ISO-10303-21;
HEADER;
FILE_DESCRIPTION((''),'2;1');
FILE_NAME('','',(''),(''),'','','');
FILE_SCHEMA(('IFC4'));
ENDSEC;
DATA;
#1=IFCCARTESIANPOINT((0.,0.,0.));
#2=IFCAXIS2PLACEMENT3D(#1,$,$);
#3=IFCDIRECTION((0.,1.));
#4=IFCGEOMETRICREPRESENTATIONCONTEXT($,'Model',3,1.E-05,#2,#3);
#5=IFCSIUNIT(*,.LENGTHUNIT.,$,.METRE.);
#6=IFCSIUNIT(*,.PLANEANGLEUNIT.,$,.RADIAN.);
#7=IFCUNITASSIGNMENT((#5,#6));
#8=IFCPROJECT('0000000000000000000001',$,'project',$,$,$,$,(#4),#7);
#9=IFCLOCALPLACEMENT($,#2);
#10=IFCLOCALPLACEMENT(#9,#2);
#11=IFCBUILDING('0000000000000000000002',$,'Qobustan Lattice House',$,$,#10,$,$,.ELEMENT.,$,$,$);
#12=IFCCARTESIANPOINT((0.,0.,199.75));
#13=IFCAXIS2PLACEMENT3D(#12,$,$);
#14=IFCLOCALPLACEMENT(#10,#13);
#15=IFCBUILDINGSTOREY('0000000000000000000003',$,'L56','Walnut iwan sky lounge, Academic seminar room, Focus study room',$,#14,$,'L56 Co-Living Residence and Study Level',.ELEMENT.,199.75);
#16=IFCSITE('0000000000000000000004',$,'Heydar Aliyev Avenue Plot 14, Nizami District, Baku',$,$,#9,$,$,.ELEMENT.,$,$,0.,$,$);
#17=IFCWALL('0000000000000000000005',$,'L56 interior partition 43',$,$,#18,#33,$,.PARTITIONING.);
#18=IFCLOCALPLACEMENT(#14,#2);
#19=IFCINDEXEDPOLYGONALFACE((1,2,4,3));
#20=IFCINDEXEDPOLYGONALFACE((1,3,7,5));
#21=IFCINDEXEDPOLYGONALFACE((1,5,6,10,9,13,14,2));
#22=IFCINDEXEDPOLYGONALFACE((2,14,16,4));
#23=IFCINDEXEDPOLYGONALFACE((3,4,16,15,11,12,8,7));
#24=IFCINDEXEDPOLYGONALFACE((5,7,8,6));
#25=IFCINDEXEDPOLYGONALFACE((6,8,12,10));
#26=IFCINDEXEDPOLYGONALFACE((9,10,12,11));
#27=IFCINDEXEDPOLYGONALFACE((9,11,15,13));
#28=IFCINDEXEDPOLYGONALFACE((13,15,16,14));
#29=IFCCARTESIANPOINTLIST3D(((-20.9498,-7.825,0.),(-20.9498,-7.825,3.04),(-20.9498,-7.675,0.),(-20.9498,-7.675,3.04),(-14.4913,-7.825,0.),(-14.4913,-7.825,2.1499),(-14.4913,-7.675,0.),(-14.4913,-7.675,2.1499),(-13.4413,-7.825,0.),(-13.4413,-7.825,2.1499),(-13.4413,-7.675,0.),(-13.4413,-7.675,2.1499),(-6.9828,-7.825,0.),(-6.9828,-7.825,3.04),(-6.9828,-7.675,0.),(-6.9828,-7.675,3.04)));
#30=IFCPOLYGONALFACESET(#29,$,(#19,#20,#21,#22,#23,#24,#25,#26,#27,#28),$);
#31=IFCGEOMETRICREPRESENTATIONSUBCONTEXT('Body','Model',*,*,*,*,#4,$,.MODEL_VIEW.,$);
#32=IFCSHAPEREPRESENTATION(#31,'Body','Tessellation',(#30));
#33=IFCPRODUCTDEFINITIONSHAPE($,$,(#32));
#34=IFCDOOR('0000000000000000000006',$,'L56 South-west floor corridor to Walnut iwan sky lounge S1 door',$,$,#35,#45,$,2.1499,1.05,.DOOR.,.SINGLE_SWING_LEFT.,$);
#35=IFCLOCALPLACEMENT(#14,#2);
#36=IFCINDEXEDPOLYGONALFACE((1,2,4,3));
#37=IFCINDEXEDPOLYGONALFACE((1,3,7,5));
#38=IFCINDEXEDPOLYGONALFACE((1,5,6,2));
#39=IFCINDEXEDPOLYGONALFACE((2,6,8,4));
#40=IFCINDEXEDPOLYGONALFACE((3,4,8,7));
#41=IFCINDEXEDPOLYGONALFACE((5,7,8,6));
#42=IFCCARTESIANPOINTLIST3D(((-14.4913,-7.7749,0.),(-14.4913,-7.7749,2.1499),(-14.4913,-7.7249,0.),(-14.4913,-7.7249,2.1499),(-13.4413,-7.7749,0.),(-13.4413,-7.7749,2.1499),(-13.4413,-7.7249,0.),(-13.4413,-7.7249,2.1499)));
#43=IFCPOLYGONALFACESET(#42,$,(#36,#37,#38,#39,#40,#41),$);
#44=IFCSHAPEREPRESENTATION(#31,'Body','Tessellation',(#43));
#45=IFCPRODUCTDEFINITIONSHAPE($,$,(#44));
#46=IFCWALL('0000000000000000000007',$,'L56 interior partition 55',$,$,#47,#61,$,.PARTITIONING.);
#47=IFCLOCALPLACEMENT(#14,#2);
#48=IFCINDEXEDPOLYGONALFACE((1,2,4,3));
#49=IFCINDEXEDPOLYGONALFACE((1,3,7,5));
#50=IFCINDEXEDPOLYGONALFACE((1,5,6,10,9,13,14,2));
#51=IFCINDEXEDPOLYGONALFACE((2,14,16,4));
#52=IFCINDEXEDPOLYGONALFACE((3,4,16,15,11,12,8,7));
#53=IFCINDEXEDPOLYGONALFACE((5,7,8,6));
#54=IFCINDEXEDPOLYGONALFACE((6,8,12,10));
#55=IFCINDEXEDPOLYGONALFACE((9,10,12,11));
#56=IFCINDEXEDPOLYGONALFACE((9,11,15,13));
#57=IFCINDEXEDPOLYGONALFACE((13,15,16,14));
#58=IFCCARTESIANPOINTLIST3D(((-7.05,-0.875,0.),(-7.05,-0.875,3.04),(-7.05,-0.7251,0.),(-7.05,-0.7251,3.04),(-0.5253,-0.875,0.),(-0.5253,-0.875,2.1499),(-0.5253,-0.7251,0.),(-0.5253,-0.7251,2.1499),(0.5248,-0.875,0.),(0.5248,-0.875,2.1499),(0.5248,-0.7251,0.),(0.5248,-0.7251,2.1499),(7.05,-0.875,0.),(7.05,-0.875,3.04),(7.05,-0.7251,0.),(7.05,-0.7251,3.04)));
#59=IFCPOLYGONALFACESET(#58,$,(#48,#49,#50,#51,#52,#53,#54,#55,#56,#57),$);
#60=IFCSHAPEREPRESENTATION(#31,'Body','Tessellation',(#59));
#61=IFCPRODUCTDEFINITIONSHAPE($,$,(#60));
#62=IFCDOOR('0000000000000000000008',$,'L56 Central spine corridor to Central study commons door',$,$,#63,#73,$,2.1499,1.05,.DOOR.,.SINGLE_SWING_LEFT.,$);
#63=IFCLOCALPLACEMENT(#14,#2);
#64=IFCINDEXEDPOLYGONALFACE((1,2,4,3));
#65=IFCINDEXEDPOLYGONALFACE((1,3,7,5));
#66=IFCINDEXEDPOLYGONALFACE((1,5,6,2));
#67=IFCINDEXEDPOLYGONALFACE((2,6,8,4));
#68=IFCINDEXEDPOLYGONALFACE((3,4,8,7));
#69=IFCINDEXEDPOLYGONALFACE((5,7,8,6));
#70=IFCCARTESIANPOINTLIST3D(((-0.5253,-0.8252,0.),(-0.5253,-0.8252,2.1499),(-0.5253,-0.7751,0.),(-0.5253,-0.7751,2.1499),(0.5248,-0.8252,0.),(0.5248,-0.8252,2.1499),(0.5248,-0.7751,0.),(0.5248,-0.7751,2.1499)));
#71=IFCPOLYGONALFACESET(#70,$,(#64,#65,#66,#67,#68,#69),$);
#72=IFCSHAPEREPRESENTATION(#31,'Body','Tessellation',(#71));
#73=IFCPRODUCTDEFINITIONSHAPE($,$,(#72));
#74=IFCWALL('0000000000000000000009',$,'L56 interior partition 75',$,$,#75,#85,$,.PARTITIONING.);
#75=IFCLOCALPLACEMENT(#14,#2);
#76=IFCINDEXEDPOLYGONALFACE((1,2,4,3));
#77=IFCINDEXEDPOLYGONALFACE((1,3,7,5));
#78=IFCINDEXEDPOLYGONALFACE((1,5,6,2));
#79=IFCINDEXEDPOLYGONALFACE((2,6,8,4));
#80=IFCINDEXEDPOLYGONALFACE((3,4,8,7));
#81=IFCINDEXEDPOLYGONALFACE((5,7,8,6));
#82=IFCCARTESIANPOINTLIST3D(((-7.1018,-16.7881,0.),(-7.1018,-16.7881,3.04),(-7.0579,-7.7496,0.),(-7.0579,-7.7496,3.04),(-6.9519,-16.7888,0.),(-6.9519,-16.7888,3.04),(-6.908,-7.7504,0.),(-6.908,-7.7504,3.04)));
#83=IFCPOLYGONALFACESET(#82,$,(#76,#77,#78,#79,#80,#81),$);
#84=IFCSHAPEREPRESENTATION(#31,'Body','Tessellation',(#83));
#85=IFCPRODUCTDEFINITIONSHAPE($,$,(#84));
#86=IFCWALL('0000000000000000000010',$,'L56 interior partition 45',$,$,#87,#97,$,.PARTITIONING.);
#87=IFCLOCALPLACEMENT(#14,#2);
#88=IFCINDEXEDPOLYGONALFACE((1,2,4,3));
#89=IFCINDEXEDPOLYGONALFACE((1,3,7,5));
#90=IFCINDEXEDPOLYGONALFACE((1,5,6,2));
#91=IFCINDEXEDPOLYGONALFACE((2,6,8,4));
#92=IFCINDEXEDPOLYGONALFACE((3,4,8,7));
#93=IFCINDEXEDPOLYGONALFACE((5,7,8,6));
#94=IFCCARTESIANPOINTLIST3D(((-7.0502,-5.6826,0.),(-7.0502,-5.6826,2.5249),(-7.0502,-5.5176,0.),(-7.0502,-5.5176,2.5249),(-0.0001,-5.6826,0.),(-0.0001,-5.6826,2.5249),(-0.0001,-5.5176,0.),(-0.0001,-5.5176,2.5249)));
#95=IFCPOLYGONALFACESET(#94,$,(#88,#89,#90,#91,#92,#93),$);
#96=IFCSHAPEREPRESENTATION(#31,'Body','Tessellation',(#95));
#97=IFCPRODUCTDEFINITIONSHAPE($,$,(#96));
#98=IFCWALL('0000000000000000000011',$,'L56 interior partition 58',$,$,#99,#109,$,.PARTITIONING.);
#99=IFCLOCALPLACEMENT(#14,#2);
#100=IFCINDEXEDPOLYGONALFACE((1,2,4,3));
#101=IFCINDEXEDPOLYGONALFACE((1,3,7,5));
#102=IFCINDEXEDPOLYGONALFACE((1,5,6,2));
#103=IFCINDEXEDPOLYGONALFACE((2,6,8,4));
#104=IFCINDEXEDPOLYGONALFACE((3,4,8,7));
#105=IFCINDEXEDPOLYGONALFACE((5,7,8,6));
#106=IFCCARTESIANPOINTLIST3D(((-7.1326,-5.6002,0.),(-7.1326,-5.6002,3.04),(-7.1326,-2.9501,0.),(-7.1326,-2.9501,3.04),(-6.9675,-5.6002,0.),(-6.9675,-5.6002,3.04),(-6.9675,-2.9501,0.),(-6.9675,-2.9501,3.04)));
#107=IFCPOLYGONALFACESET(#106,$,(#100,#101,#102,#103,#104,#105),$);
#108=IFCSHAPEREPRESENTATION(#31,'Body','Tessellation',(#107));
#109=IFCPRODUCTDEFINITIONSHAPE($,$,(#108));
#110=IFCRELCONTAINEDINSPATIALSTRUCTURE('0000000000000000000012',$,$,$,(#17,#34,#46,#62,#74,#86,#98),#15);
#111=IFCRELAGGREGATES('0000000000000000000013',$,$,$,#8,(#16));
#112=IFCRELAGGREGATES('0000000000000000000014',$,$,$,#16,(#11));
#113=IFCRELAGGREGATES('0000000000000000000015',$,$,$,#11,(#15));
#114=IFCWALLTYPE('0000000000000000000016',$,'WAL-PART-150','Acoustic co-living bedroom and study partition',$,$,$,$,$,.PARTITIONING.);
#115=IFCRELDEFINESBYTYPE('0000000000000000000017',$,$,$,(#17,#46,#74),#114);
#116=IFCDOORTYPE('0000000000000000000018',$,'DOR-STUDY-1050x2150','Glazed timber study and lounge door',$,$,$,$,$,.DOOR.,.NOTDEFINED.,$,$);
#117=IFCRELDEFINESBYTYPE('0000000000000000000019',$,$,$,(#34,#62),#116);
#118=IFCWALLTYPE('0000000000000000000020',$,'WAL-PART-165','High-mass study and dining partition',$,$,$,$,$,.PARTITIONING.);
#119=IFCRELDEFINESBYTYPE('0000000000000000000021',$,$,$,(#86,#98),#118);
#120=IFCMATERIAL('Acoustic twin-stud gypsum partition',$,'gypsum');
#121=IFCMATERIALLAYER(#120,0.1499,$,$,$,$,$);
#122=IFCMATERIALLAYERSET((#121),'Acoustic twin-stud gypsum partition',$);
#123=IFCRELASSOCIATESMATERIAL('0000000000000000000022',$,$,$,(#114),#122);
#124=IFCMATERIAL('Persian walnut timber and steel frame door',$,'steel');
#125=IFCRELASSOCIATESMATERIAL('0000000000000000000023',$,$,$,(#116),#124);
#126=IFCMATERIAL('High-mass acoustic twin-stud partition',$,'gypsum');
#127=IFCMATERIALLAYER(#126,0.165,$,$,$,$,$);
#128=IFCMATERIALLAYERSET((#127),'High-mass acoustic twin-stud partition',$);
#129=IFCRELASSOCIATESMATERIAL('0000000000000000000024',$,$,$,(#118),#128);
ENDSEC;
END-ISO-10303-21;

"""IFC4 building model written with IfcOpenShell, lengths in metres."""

from ifc_helpers import new_model, si_unit, direction, frame, frame_2d, origin, place, context, subcontext, project, spatial, rectangle, extrude, material, layer, layer_set, type_object, element, fill, save


model = new_model("IFC4")

# Units and contexts
model_context = context("Model", 3, precision=1e-05, world=origin(), true_north=direction((0.0, 1.0)))
body_context = subcontext(model_context, "Body", "Model", "MODEL_VIEW")
ifc_project = project(units=[si_unit("LENGTHUNIT", "METRE"), si_unit("PLANEANGLEUNIT", "RADIAN")], contexts=[model_context])

# Site, building, storey
site_placement = place(None, origin())
site = spatial("IfcSite", under=ifc_project, at=site_placement, Name="Heydar Aliyev Avenue Plot 14, Nizami District, Baku", CompositionType="ELEMENT", RefElevation=0.0)
building_placement = place(site_placement, origin())
building = spatial("IfcBuilding", under=site, at=building_placement, Name="Qobustan Lattice House", CompositionType="ELEMENT")
storey_placement = place(building_placement, frame((0.0, 0.0, 199.75)))
storey = spatial("IfcBuildingStorey", under=building, at=storey_placement, Name="L56", Description="Walnut iwan sky lounge, Academic seminar room, Focus study room", LongName="L56 Co-Living Residence and Study Level", CompositionType="ELEMENT", Elevation=199.75)

# Walls, openings, doors
ifc_material_1 = material(Name="Acoustic twin-stud gypsum partition", Category="gypsum")
ifc_layer_1 = layer(ifc_material_1, 0.1499)
ifc_layer_set_1 = layer_set([ifc_layer_1], Name="Acoustic twin-stud gypsum partition")
wall_type_1 = type_object("IfcWallType", Name="WAL-PART-150", Description="Acoustic co-living bedroom and study partition", PredefinedType="PARTITIONING", material=ifc_layer_set_1)
wall_1_placement = place(storey_placement, frame((-6.9829, -7.75, 0.0), z_axis=(0.0, 0.0, 1.0), x_axis=(-1.0, 0.0, 0.0)))
wall_1 = element("IfcWall", 1, at=wall_1_placement, inside=storey, type_object=wall_type_1, Name="L56 interior partition 43", PredefinedType="PARTITIONING", context=body_context, shape_type="SweptSolid", body=[
    extrude(rectangle(XDim=13.967, YDim=0.1499, at=frame_2d((6.9834, 0.0))), origin(), (0.0, 0.0, 1.0), 3.04),
])
opening_1_placement = place(wall_1_placement, frame((6.4585, 0.0, 0.0)))
opening_1 = element("IfcOpeningElement", 2, at=opening_1_placement, cuts=wall_1, PredefinedType="OPENING", context=body_context, shape_type="SweptSolid", body=[
    extrude(rectangle(XDim=1.05, YDim=2.1499, at=frame_2d((0.5249, 1.075))), frame((0.0, 0.085, 0.0), z_axis=(0.0, -1.0, 0.0), x_axis=(1.0, 0.0, 0.0)), (0.0, 0.0, 1.0), 0.1699),
])
ifc_material_2 = material(Name="Persian walnut timber and steel frame door", Category="steel")
door_type_1 = type_object("IfcDoorType", Name="DOR-STUDY-1050x2150", Description="Glazed timber study and lounge door", OperationType="NOTDEFINED", PredefinedType="DOOR", material=ifc_material_2)
door_1_placement = place(opening_1_placement, origin())
door_1 = element("IfcDoor", 3, at=door_1_placement, inside=storey, type_object=door_type_1, Name="L56 South-west floor corridor to Walnut iwan sky lounge S1 door", OperationType="SINGLE_SWING_LEFT", OverallHeight=2.1499, OverallWidth=1.05, PredefinedType="DOOR", context=body_context, shape_type="SweptSolid", body=[
    extrude(rectangle(XDim=1.05, YDim=2.1499, at=frame_2d((0.5249, 1.075))), frame((0.0, 0.0249, 0.0), z_axis=(0.0, -1.0, 0.0), x_axis=(1.0, 0.0, 0.0)), (0.0, 0.0, 1.0), 0.05),
])
fill(opening_1, door_1)
wall_2_placement = place(storey_placement, frame((-7.05, -0.8, 0.0), z_axis=(0.0, 0.0, 1.0), x_axis=(1.0, 0.0, 0.0)))
wall_2 = element("IfcWall", 4, at=wall_2_placement, inside=storey, type_object=wall_type_1, Name="L56 interior partition 55", PredefinedType="PARTITIONING", context=body_context, shape_type="SweptSolid", body=[
    extrude(rectangle(XDim=14.1001, YDim=0.1499, at=frame_2d((7.05, 0.0))), origin(), (0.0, 0.0, 1.0), 3.04),
])
opening_2_placement = place(wall_2_placement, frame((6.5249, 0.0, 0.0)))
opening_2 = element("IfcOpeningElement", 5, at=opening_2_placement, cuts=wall_2, PredefinedType="OPENING", context=body_context, shape_type="SweptSolid", body=[
    extrude(rectangle(XDim=1.05, YDim=2.1499, at=frame_2d((0.5249, 1.075))), frame((0.0, 0.085, 0.0), z_axis=(0.0, -1.0, 0.0), x_axis=(1.0, 0.0, 0.0)), (0.0, 0.0, 1.0), 0.1699),
])
door_2_placement = place(opening_2_placement, origin())
door_2 = element("IfcDoor", 6, at=door_2_placement, inside=storey, type_object=door_type_1, Name="L56 Central spine corridor to Central study commons door", OperationType="SINGLE_SWING_LEFT", OverallHeight=2.1499, OverallWidth=1.05, PredefinedType="DOOR", context=body_context, shape_type="SweptSolid", body=[
    extrude(rectangle(XDim=1.05, YDim=2.1499, at=frame_2d((0.5249, 1.075))), frame((0.0, 0.0249, 0.0), z_axis=(0.0, -1.0, 0.0), x_axis=(1.0, 0.0, 0.0)), (0.0, 0.0, 1.0), 0.05),
])
fill(opening_2, door_2)

# Walls
wall_3_placement = place(storey_placement, frame((-6.9829, -7.75, 0.0), z_axis=(0.0, 0.0, 1.0), x_axis=(-0.004862, -0.999988, 0.0)))
element("IfcWall", 7, at=wall_3_placement, inside=storey, type_object=wall_type_1, Name="L56 interior partition 75", PredefinedType="PARTITIONING", context=body_context, shape_type="SweptSolid", body=[
    extrude(rectangle(XDim=9.0386, YDim=0.1499, at=frame_2d((4.5193, 0.0))), origin(), (0.0, 0.0, 1.0), 3.04),
])
ifc_material_3 = material(Name="High-mass acoustic twin-stud partition", Category="gypsum")
ifc_layer_2 = layer(ifc_material_3, 0.165)
ifc_layer_set_2 = layer_set([ifc_layer_2], Name="High-mass acoustic twin-stud partition")
wall_type_2 = type_object("IfcWallType", Name="WAL-PART-165", Description="High-mass study and dining partition", PredefinedType="PARTITIONING", material=ifc_layer_set_2)
wall_4_placement = place(storey_placement, frame((-7.05, -5.6001, 0.0), z_axis=(0.0, 0.0, 1.0), x_axis=(1.0, 0.0, 0.0)))
element("IfcWall", 8, at=wall_4_placement, inside=storey, type_object=wall_type_2, Name="L56 interior partition 45", PredefinedType="PARTITIONING", context=body_context, shape_type="SweptSolid", body=[
    extrude(rectangle(XDim=7.05, YDim=0.165, at=frame_2d((3.5249, 0.0))), origin(), (0.0, 0.0, 1.0), 2.5249),
])
wall_5_placement = place(storey_placement, frame((-7.05, -2.95, 0.0), z_axis=(0.0, 0.0, 1.0), x_axis=(0.0, -1.0, 0.0)))
element("IfcWall", 9, at=wall_5_placement, inside=storey, type_object=wall_type_2, Name="L56 interior partition 58", PredefinedType="PARTITIONING", context=body_context, shape_type="SweptSolid", body=[
    extrude(rectangle(XDim=2.6501, YDim=0.165, at=frame_2d((1.3252, 0.0))), origin(), (0.0, 0.0, 1.0), 3.04),
])

save(model, "model.ifc")
